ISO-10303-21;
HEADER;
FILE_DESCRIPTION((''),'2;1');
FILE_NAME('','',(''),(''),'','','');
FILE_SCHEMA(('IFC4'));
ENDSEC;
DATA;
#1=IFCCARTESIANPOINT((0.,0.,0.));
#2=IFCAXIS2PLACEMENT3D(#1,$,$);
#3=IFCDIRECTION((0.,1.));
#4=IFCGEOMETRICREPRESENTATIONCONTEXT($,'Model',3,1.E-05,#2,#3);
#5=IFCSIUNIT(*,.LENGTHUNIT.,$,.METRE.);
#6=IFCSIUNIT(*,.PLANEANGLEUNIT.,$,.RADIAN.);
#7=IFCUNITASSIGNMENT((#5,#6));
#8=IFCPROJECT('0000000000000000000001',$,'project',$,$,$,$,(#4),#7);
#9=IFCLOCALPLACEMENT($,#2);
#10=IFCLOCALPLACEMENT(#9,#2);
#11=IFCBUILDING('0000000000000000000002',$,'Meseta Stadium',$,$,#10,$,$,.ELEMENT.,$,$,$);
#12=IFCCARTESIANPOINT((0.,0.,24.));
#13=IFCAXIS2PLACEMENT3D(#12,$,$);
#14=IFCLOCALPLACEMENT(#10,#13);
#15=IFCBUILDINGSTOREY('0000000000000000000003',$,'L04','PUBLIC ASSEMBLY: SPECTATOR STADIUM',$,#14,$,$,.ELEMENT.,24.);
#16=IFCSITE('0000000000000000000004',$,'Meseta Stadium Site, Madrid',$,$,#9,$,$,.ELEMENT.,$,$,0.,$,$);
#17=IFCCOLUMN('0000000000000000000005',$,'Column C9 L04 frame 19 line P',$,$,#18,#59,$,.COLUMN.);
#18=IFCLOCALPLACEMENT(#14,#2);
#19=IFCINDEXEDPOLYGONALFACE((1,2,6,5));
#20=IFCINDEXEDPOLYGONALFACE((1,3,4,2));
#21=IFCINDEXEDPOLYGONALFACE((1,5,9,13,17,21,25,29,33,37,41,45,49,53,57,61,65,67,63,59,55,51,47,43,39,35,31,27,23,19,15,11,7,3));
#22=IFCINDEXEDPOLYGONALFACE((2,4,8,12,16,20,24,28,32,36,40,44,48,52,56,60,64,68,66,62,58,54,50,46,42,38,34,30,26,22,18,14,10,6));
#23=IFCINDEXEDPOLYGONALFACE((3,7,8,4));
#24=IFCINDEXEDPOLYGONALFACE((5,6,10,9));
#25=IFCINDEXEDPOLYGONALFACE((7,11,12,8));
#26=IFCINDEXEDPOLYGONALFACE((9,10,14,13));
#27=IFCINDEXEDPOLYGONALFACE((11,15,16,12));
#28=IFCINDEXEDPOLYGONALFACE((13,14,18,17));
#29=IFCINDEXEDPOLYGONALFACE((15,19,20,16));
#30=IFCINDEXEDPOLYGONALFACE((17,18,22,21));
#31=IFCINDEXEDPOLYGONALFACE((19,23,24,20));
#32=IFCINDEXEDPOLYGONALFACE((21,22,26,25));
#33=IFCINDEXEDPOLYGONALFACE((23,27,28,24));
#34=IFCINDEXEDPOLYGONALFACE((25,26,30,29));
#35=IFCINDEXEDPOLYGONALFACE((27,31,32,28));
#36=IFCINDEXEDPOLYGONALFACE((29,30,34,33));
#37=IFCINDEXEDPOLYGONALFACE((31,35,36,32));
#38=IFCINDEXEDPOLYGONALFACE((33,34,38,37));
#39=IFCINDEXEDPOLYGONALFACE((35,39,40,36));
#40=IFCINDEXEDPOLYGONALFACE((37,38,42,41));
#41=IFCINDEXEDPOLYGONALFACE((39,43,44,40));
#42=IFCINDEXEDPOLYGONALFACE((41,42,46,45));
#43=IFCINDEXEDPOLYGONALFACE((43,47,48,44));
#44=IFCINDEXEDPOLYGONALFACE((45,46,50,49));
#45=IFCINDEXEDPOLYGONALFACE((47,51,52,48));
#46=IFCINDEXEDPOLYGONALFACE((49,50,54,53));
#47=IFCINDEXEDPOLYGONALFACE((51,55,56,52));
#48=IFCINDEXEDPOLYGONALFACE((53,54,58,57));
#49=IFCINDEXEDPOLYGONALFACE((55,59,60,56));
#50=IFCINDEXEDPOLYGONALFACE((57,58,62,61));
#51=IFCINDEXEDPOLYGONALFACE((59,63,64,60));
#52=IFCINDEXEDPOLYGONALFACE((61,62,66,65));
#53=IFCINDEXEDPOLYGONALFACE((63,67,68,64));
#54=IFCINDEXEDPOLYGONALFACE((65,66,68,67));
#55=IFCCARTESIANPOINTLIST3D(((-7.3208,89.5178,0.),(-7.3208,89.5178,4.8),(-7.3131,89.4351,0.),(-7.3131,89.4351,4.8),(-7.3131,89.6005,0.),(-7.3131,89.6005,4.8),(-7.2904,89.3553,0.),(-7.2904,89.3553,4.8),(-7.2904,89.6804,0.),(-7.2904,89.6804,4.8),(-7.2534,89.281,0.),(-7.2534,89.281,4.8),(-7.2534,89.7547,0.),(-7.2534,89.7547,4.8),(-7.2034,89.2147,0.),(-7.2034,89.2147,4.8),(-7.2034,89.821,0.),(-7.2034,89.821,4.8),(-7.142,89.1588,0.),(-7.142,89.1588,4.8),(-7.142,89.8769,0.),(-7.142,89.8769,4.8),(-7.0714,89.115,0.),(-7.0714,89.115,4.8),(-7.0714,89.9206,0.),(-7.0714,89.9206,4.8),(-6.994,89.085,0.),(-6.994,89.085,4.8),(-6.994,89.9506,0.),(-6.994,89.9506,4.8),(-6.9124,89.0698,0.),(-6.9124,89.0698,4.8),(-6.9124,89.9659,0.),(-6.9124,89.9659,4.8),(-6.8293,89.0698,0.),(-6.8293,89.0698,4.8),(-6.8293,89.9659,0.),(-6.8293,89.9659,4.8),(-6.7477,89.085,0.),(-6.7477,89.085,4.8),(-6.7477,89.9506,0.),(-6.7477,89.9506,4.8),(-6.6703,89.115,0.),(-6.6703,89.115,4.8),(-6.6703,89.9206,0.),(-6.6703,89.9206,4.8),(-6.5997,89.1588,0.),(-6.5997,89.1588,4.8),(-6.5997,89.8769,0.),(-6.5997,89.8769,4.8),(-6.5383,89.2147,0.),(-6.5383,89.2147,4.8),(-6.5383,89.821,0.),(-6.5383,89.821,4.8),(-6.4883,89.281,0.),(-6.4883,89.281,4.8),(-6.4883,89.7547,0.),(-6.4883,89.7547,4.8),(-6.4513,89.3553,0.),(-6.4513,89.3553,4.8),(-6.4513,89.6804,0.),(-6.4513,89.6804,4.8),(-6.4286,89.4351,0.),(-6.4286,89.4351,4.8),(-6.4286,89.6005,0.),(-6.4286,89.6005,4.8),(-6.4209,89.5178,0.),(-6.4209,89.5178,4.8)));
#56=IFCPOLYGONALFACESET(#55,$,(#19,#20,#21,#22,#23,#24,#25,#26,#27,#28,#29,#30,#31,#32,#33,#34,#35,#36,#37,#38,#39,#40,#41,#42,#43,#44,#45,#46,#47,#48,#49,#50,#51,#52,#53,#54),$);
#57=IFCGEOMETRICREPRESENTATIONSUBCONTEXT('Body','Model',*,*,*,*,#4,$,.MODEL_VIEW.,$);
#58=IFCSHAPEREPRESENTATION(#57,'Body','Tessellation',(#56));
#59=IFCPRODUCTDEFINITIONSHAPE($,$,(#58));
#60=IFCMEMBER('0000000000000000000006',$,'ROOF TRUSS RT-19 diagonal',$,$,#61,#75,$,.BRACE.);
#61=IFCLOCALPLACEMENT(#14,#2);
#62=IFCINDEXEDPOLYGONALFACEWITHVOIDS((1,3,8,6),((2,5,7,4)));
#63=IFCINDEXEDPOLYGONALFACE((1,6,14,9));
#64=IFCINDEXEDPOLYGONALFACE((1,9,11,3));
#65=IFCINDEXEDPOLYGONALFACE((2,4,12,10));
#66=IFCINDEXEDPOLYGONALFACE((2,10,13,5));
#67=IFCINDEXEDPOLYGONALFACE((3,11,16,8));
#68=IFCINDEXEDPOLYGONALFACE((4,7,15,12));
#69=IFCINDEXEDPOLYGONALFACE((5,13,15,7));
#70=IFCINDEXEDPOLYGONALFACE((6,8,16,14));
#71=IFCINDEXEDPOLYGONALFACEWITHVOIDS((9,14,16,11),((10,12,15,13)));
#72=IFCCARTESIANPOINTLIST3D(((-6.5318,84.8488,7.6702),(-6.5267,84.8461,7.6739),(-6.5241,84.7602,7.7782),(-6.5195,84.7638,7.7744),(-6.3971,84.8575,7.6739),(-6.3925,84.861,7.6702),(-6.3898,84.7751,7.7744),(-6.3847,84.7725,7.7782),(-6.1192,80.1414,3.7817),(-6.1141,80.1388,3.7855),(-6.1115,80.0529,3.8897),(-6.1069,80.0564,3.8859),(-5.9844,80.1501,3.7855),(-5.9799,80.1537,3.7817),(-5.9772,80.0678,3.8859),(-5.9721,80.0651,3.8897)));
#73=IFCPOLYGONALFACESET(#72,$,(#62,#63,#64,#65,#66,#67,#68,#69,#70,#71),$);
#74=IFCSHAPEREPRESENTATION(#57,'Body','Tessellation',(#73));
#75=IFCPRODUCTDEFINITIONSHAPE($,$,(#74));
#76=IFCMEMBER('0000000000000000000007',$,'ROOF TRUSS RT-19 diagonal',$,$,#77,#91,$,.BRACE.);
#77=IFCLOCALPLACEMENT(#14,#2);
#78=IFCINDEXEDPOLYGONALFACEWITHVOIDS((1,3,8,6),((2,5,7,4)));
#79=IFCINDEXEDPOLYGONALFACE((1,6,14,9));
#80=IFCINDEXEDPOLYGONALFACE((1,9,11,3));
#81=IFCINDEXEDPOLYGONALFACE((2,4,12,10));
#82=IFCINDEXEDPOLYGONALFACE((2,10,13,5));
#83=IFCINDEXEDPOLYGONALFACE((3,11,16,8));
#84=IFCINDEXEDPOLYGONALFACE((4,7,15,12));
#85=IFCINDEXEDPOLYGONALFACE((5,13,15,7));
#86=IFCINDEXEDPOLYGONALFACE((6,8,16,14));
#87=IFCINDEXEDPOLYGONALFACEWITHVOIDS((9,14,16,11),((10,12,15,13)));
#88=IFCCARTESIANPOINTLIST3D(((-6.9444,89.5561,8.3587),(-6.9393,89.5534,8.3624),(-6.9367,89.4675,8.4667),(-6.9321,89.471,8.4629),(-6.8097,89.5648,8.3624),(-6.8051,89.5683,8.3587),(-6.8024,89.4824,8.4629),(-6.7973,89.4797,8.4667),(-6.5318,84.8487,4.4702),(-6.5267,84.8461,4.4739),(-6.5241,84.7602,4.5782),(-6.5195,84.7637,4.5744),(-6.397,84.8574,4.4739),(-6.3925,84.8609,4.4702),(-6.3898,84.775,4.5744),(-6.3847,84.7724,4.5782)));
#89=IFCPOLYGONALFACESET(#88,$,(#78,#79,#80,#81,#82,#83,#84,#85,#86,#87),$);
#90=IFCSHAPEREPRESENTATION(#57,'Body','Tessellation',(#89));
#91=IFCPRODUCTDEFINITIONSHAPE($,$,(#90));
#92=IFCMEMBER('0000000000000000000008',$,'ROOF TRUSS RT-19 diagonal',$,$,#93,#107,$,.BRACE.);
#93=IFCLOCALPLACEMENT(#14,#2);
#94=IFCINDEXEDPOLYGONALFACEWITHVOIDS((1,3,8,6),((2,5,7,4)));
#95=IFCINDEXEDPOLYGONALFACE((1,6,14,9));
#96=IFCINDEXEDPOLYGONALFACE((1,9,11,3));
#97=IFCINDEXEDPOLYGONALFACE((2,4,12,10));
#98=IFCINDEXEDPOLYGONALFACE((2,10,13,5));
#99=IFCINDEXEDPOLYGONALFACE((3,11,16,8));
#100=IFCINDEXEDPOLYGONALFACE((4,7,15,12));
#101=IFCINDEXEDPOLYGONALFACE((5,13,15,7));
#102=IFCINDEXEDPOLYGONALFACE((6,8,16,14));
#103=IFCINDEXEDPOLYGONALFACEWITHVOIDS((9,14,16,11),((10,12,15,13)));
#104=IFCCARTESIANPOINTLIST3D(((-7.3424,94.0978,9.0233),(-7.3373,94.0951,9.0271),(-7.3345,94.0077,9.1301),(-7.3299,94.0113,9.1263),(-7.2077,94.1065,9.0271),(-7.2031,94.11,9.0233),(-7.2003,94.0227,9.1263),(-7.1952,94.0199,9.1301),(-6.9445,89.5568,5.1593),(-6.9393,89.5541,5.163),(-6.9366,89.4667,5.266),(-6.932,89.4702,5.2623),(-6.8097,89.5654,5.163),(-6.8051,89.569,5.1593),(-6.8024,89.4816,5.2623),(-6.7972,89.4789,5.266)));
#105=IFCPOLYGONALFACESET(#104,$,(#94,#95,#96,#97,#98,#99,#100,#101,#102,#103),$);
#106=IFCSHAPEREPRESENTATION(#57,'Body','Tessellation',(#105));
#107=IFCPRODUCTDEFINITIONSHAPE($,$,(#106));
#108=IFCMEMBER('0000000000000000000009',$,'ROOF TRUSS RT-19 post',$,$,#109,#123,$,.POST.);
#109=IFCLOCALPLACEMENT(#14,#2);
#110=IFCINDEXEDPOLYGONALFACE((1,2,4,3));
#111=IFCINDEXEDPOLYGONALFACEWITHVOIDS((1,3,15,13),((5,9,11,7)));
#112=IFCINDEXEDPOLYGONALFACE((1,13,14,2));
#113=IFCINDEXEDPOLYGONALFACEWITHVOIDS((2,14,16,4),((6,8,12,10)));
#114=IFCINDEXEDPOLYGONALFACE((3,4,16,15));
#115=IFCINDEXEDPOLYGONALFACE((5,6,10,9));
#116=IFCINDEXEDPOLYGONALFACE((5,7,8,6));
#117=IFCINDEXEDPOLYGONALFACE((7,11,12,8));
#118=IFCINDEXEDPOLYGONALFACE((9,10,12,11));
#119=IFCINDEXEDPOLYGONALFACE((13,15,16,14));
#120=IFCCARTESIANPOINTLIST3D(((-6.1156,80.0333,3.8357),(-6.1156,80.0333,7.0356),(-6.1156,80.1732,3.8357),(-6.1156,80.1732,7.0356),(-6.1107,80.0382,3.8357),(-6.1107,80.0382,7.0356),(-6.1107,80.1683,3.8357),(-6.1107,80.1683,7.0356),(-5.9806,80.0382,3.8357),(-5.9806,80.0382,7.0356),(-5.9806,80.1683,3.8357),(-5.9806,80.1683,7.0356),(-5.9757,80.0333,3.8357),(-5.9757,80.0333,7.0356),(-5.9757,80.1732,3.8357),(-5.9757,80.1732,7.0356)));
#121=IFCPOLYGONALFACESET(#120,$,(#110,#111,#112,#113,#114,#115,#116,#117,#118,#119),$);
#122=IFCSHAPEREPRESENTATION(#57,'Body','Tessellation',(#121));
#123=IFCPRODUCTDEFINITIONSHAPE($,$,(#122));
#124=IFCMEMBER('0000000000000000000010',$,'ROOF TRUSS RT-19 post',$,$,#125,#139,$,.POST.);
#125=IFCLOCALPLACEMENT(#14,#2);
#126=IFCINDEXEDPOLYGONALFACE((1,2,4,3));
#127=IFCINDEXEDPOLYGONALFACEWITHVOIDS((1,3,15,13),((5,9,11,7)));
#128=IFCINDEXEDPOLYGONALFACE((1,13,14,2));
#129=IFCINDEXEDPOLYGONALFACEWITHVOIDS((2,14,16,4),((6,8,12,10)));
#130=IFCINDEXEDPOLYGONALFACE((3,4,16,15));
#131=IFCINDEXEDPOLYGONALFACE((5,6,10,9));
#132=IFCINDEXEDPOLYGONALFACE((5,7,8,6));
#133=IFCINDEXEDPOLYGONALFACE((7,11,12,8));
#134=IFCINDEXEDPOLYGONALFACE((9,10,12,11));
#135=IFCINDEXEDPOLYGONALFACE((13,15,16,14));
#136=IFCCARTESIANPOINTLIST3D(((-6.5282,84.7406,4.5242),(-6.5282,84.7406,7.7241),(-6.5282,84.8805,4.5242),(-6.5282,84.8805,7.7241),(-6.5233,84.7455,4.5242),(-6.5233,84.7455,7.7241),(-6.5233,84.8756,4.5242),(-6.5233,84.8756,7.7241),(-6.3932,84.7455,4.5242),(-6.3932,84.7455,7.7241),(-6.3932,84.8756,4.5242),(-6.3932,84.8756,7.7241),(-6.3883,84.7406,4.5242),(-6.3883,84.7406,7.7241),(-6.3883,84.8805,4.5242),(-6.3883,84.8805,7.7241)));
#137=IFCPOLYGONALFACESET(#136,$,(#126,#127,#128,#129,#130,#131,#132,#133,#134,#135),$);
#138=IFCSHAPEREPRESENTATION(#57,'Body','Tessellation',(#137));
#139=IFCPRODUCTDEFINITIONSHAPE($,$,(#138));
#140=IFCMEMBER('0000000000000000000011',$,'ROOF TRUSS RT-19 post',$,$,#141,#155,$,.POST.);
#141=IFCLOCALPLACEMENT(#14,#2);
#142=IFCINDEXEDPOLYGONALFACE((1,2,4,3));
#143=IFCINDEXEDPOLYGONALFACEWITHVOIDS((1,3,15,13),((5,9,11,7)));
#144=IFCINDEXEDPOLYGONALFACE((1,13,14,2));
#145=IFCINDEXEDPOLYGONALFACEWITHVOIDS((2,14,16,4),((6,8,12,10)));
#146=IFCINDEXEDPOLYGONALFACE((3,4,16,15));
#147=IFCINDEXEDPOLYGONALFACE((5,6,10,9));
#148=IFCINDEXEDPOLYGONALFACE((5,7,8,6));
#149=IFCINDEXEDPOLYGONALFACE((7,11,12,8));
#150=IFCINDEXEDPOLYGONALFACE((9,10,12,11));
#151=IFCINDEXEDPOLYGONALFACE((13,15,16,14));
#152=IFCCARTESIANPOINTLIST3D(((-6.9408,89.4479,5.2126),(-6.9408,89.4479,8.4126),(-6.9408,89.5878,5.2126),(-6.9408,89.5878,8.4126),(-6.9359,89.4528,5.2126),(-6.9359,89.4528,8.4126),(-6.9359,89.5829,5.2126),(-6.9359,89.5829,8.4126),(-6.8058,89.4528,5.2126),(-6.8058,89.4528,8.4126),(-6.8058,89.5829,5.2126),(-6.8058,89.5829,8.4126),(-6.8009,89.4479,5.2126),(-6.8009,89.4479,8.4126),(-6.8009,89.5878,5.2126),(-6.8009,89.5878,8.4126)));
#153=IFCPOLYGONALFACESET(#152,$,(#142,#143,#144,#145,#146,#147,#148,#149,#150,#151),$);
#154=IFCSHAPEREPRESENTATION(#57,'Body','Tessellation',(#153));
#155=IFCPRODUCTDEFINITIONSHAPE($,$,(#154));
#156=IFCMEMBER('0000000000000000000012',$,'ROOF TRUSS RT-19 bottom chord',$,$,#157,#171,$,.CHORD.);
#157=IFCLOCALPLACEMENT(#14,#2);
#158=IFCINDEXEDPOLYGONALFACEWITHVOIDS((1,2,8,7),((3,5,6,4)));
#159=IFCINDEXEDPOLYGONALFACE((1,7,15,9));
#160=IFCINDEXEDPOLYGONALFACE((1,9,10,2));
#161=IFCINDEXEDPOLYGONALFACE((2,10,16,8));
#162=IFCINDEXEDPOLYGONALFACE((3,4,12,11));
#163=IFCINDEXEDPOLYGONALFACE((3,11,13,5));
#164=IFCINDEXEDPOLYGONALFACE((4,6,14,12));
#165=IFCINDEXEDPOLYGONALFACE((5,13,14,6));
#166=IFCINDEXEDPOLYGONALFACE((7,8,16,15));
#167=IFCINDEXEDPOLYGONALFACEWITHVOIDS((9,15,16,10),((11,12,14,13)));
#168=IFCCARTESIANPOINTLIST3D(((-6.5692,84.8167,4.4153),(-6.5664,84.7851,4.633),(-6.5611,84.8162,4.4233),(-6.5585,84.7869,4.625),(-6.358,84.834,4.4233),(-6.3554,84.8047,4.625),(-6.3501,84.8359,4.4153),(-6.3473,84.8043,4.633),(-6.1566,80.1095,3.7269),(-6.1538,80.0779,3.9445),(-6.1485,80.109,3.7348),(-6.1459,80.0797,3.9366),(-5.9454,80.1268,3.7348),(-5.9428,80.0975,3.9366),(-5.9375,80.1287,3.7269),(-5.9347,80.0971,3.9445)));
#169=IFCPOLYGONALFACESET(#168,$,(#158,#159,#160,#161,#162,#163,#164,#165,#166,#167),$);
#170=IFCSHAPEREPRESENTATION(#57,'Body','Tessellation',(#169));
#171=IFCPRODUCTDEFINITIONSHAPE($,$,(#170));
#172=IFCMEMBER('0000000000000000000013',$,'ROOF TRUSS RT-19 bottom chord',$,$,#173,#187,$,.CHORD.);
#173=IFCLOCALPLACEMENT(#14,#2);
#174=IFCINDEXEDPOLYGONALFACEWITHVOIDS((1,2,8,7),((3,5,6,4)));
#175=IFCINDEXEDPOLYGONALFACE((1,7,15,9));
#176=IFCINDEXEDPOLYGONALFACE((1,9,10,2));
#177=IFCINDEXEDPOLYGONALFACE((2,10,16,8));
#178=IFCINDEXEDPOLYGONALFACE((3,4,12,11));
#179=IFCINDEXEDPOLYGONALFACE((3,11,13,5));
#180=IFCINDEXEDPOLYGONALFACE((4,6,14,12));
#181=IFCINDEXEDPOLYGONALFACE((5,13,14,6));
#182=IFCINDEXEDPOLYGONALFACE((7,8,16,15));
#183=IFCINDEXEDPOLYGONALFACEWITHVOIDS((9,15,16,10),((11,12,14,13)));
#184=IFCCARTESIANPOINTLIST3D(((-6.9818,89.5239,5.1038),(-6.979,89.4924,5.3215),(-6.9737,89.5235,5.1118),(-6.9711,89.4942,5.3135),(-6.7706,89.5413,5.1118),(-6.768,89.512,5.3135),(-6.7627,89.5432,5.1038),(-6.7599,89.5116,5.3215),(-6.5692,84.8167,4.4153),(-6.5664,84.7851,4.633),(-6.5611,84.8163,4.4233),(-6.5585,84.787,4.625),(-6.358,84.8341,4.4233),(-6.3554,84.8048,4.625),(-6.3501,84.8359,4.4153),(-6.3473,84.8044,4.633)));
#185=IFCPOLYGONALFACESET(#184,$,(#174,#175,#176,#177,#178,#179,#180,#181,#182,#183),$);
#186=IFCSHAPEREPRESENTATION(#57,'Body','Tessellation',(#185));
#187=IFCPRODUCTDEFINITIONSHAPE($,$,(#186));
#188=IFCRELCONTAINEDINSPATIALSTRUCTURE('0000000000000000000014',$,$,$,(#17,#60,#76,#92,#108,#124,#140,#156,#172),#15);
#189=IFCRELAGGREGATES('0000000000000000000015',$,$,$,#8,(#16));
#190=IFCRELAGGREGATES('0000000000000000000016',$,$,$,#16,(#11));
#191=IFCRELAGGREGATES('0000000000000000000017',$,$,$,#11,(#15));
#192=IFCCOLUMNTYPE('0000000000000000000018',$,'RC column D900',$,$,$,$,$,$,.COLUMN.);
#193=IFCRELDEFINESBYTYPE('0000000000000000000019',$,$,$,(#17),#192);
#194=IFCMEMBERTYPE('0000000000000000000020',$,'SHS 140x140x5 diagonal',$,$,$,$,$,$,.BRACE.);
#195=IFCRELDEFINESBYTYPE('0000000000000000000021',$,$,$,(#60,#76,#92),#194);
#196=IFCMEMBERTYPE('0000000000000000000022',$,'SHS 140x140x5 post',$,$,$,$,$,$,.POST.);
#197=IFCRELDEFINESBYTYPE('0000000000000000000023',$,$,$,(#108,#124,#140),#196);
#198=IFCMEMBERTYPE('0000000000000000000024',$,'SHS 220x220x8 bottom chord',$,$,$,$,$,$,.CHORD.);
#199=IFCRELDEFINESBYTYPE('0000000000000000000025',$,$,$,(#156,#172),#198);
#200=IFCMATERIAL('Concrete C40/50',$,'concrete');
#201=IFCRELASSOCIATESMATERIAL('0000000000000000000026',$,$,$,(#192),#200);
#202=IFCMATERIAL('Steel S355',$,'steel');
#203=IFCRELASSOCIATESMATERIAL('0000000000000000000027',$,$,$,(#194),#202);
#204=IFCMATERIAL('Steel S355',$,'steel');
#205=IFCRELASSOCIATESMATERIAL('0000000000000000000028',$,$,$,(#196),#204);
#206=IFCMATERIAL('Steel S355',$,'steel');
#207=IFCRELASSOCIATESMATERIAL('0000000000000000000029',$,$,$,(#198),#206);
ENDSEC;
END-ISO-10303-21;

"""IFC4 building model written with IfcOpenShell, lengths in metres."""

from ifc_helpers import new_model, si_unit, direction, frame, origin, origin_2d, place, context, subcontext, project, spatial, hollow_rectangle, circle, extrude, material, material_profile, profile_set, type_object, element, save


model = new_model("IFC4")

# Units and contexts
model_context = context("Model", 3, precision=1e-05, world=origin(), true_north=direction((0.0, 1.0)))
body_context = subcontext(model_context, "Body", "Model", "MODEL_VIEW")
ifc_project = project(units=[si_unit("LENGTHUNIT", "METRE"), si_unit("PLANEANGLEUNIT", "RADIAN")], contexts=[model_context])

# Site, building, storey
site_placement = place(None, origin())
site = spatial("IfcSite", under=ifc_project, at=site_placement, Name="Meseta Stadium Site, Madrid", CompositionType="ELEMENT", RefElevation=0.0)
building_placement = place(site_placement, origin())
building = spatial("IfcBuilding", under=site, at=building_placement, Name="Meseta Stadium", CompositionType="ELEMENT")
storey_placement = place(building_placement, frame((0.0, 0.0, 24.0)))
storey = spatial("IfcBuildingStorey", under=building, at=storey_placement, Name="L04", Description="PUBLIC ASSEMBLY: SPECTATOR STADIUM", CompositionType="ELEMENT", Elevation=24.0)

# Column
ifc_material_1 = material(Name="Concrete C40/50", Category="concrete")
ifc_material_profile_1 = material_profile(ifc_material_1, circle(Radius=0.45, at=origin_2d()), Name="RC D900")
ifc_profile_set_1 = profile_set([ifc_material_profile_1], Name="Concrete C40/50")
column_type = type_object("IfcColumnType", Name="RC column D900", PredefinedType="COLUMN", material=ifc_profile_set_1)
column_placement = place(storey_placement, frame((-6.8708, 89.5178, 0.0), z_axis=(0.0, 0.0, 1.0), x_axis=(1.0, 0.0, 0.0)))
element("IfcColumn", 1, at=column_placement, inside=storey, type_object=column_type, Name="Column C9 L04 frame 19 line P", PredefinedType="COLUMN", context=body_context, shape_type="SweptSolid", body=[
    extrude(circle(Radius=0.45, at=origin_2d()), origin(), (0.0, 0.0, 1.0), 4.8),
])

# Members
ifc_material_2 = material(Name="Steel S355", Category="steel")
ifc_material_profile_2 = material_profile(ifc_material_2, hollow_rectangle(XDim=0.1399, YDim=0.1399, WallThickness=0.0049, at=origin_2d()), Name="SHS 140x140x5")
ifc_profile_set_2 = profile_set([ifc_material_profile_2], Name="Steel S355")
member_type_1 = type_object("IfcMemberType", Name="SHS 140x140x5 diagonal", PredefinedType="BRACE", material=ifc_profile_set_2)
for number, where, z_axis, x_axis, name in (
    (2, (-6.0457, 80.1033, 3.8357), (-0.067423, 0.769223, 0.635414), (-0.996181, -0.087316, 0.0), "ROOF TRUSS RT-19 diagonal"),
    (3, (-6.4583, 84.8105, 4.5242), (-0.067423, 0.769223, 0.635414), (-0.996181, -0.087316, 0.0), "ROOF TRUSS RT-19 diagonal"),
):
    element("IfcMember", number, at=place(storey_placement, frame(where, z_axis=z_axis, x_axis=x_axis)), inside=storey, type_object=member_type_1, Name=name, PredefinedType="BRACE", context=body_context, shape_type="SweptSolid", body=[
        extrude(hollow_rectangle(XDim=0.1399, YDim=0.1399, WallThickness=0.0049, at=origin_2d()), origin(), (0.0, 0.0, 1.0), 6.1196),
    ])
member_1_placement = place(storey_placement, frame((-6.8708, 89.5178, 5.2126), z_axis=(-0.066594, 0.759905, 0.646614), x_axis=(-0.996182, -0.0873, 0.0)))
element("IfcMember", 4, at=member_1_placement, inside=storey, type_object=member_type_1, Name="ROOF TRUSS RT-19 diagonal", PredefinedType="BRACE", context=body_context, shape_type="SweptSolid", body=[
    extrude(hollow_rectangle(XDim=0.1399, YDim=0.1399, WallThickness=0.0049, at=origin_2d()), origin(), (0.0, 0.0, 1.0), 5.9758),
])
ifc_material_3 = material(Name="Steel S355", Category="steel")
ifc_material_profile_3 = material_profile(ifc_material_3, hollow_rectangle(XDim=0.1399, YDim=0.1399, WallThickness=0.0049, at=origin_2d()), Name="SHS 140x140x5")
ifc_profile_set_3 = profile_set([ifc_material_profile_3], Name="Steel S355")
member_type_2 = type_object("IfcMemberType", Name="SHS 140x140x5 post", PredefinedType="POST", material=ifc_profile_set_3)
for number, where, z_axis, x_axis, name in (
    (5, (-6.0457, 80.1033, 3.8357), (0.0, 0.0, 1.0), (1.0, 0.0, 0.0), "ROOF TRUSS RT-19 post"),
    (6, (-6.4583, 84.8105, 4.5242), (0.0, 0.0, 1.0), (1.0, 0.0, 0.0), "ROOF TRUSS RT-19 post"),
    (7, (-6.8708, 89.5178, 5.2126), (0.0, 0.0, 1.0), (1.0, 0.0, 0.0), "ROOF TRUSS RT-19 post"),
):
    element("IfcMember", number, at=place(storey_placement, frame(where, z_axis=z_axis, x_axis=x_axis)), inside=storey, type_object=member_type_2, Name=name, PredefinedType="POST", context=body_context, shape_type="SweptSolid", body=[
        extrude(hollow_rectangle(XDim=0.1399, YDim=0.1399, WallThickness=0.0049, at=origin_2d()), origin(), (0.0, 0.0, 1.0), 3.2),
    ])
ifc_material_4 = material(Name="Steel S355", Category="steel")
ifc_material_profile_4 = material_profile(ifc_material_4, hollow_rectangle(XDim=0.22, YDim=0.22, WallThickness=0.0081, at=origin_2d()), Name="SHS 220x220x8")
ifc_profile_set_4 = profile_set([ifc_material_profile_4], Name="Steel S355")
member_type_3 = type_object("IfcMemberType", Name="SHS 220x220x8 bottom chord", PredefinedType="CHORD", material=ifc_profile_set_4)
for number, where, z_axis, x_axis, name in (
    (8, (-6.0457, 80.1033, 3.8357), (-0.086404, 0.985772, 0.144177), (-0.996181, -0.087316, 0.0), "ROOF TRUSS RT-19 bottom chord"),
    (9, (-6.4583, 84.8105, 4.5242), (-0.086404, 0.985772, 0.144177), (-0.996181, -0.087316, 0.0), "ROOF TRUSS RT-19 bottom chord"),
):
    element("IfcMember", number, at=place(storey_placement, frame(where, z_axis=z_axis, x_axis=x_axis)), inside=storey, type_object=member_type_3, Name=name, PredefinedType="CHORD", context=body_context, shape_type="SweptSolid", body=[
        extrude(hollow_rectangle(XDim=0.22, YDim=0.22, WallThickness=0.0081, at=origin_2d()), origin(), (0.0, 0.0, 1.0), 4.7751),
    ])

save(model, "model.ifc")
